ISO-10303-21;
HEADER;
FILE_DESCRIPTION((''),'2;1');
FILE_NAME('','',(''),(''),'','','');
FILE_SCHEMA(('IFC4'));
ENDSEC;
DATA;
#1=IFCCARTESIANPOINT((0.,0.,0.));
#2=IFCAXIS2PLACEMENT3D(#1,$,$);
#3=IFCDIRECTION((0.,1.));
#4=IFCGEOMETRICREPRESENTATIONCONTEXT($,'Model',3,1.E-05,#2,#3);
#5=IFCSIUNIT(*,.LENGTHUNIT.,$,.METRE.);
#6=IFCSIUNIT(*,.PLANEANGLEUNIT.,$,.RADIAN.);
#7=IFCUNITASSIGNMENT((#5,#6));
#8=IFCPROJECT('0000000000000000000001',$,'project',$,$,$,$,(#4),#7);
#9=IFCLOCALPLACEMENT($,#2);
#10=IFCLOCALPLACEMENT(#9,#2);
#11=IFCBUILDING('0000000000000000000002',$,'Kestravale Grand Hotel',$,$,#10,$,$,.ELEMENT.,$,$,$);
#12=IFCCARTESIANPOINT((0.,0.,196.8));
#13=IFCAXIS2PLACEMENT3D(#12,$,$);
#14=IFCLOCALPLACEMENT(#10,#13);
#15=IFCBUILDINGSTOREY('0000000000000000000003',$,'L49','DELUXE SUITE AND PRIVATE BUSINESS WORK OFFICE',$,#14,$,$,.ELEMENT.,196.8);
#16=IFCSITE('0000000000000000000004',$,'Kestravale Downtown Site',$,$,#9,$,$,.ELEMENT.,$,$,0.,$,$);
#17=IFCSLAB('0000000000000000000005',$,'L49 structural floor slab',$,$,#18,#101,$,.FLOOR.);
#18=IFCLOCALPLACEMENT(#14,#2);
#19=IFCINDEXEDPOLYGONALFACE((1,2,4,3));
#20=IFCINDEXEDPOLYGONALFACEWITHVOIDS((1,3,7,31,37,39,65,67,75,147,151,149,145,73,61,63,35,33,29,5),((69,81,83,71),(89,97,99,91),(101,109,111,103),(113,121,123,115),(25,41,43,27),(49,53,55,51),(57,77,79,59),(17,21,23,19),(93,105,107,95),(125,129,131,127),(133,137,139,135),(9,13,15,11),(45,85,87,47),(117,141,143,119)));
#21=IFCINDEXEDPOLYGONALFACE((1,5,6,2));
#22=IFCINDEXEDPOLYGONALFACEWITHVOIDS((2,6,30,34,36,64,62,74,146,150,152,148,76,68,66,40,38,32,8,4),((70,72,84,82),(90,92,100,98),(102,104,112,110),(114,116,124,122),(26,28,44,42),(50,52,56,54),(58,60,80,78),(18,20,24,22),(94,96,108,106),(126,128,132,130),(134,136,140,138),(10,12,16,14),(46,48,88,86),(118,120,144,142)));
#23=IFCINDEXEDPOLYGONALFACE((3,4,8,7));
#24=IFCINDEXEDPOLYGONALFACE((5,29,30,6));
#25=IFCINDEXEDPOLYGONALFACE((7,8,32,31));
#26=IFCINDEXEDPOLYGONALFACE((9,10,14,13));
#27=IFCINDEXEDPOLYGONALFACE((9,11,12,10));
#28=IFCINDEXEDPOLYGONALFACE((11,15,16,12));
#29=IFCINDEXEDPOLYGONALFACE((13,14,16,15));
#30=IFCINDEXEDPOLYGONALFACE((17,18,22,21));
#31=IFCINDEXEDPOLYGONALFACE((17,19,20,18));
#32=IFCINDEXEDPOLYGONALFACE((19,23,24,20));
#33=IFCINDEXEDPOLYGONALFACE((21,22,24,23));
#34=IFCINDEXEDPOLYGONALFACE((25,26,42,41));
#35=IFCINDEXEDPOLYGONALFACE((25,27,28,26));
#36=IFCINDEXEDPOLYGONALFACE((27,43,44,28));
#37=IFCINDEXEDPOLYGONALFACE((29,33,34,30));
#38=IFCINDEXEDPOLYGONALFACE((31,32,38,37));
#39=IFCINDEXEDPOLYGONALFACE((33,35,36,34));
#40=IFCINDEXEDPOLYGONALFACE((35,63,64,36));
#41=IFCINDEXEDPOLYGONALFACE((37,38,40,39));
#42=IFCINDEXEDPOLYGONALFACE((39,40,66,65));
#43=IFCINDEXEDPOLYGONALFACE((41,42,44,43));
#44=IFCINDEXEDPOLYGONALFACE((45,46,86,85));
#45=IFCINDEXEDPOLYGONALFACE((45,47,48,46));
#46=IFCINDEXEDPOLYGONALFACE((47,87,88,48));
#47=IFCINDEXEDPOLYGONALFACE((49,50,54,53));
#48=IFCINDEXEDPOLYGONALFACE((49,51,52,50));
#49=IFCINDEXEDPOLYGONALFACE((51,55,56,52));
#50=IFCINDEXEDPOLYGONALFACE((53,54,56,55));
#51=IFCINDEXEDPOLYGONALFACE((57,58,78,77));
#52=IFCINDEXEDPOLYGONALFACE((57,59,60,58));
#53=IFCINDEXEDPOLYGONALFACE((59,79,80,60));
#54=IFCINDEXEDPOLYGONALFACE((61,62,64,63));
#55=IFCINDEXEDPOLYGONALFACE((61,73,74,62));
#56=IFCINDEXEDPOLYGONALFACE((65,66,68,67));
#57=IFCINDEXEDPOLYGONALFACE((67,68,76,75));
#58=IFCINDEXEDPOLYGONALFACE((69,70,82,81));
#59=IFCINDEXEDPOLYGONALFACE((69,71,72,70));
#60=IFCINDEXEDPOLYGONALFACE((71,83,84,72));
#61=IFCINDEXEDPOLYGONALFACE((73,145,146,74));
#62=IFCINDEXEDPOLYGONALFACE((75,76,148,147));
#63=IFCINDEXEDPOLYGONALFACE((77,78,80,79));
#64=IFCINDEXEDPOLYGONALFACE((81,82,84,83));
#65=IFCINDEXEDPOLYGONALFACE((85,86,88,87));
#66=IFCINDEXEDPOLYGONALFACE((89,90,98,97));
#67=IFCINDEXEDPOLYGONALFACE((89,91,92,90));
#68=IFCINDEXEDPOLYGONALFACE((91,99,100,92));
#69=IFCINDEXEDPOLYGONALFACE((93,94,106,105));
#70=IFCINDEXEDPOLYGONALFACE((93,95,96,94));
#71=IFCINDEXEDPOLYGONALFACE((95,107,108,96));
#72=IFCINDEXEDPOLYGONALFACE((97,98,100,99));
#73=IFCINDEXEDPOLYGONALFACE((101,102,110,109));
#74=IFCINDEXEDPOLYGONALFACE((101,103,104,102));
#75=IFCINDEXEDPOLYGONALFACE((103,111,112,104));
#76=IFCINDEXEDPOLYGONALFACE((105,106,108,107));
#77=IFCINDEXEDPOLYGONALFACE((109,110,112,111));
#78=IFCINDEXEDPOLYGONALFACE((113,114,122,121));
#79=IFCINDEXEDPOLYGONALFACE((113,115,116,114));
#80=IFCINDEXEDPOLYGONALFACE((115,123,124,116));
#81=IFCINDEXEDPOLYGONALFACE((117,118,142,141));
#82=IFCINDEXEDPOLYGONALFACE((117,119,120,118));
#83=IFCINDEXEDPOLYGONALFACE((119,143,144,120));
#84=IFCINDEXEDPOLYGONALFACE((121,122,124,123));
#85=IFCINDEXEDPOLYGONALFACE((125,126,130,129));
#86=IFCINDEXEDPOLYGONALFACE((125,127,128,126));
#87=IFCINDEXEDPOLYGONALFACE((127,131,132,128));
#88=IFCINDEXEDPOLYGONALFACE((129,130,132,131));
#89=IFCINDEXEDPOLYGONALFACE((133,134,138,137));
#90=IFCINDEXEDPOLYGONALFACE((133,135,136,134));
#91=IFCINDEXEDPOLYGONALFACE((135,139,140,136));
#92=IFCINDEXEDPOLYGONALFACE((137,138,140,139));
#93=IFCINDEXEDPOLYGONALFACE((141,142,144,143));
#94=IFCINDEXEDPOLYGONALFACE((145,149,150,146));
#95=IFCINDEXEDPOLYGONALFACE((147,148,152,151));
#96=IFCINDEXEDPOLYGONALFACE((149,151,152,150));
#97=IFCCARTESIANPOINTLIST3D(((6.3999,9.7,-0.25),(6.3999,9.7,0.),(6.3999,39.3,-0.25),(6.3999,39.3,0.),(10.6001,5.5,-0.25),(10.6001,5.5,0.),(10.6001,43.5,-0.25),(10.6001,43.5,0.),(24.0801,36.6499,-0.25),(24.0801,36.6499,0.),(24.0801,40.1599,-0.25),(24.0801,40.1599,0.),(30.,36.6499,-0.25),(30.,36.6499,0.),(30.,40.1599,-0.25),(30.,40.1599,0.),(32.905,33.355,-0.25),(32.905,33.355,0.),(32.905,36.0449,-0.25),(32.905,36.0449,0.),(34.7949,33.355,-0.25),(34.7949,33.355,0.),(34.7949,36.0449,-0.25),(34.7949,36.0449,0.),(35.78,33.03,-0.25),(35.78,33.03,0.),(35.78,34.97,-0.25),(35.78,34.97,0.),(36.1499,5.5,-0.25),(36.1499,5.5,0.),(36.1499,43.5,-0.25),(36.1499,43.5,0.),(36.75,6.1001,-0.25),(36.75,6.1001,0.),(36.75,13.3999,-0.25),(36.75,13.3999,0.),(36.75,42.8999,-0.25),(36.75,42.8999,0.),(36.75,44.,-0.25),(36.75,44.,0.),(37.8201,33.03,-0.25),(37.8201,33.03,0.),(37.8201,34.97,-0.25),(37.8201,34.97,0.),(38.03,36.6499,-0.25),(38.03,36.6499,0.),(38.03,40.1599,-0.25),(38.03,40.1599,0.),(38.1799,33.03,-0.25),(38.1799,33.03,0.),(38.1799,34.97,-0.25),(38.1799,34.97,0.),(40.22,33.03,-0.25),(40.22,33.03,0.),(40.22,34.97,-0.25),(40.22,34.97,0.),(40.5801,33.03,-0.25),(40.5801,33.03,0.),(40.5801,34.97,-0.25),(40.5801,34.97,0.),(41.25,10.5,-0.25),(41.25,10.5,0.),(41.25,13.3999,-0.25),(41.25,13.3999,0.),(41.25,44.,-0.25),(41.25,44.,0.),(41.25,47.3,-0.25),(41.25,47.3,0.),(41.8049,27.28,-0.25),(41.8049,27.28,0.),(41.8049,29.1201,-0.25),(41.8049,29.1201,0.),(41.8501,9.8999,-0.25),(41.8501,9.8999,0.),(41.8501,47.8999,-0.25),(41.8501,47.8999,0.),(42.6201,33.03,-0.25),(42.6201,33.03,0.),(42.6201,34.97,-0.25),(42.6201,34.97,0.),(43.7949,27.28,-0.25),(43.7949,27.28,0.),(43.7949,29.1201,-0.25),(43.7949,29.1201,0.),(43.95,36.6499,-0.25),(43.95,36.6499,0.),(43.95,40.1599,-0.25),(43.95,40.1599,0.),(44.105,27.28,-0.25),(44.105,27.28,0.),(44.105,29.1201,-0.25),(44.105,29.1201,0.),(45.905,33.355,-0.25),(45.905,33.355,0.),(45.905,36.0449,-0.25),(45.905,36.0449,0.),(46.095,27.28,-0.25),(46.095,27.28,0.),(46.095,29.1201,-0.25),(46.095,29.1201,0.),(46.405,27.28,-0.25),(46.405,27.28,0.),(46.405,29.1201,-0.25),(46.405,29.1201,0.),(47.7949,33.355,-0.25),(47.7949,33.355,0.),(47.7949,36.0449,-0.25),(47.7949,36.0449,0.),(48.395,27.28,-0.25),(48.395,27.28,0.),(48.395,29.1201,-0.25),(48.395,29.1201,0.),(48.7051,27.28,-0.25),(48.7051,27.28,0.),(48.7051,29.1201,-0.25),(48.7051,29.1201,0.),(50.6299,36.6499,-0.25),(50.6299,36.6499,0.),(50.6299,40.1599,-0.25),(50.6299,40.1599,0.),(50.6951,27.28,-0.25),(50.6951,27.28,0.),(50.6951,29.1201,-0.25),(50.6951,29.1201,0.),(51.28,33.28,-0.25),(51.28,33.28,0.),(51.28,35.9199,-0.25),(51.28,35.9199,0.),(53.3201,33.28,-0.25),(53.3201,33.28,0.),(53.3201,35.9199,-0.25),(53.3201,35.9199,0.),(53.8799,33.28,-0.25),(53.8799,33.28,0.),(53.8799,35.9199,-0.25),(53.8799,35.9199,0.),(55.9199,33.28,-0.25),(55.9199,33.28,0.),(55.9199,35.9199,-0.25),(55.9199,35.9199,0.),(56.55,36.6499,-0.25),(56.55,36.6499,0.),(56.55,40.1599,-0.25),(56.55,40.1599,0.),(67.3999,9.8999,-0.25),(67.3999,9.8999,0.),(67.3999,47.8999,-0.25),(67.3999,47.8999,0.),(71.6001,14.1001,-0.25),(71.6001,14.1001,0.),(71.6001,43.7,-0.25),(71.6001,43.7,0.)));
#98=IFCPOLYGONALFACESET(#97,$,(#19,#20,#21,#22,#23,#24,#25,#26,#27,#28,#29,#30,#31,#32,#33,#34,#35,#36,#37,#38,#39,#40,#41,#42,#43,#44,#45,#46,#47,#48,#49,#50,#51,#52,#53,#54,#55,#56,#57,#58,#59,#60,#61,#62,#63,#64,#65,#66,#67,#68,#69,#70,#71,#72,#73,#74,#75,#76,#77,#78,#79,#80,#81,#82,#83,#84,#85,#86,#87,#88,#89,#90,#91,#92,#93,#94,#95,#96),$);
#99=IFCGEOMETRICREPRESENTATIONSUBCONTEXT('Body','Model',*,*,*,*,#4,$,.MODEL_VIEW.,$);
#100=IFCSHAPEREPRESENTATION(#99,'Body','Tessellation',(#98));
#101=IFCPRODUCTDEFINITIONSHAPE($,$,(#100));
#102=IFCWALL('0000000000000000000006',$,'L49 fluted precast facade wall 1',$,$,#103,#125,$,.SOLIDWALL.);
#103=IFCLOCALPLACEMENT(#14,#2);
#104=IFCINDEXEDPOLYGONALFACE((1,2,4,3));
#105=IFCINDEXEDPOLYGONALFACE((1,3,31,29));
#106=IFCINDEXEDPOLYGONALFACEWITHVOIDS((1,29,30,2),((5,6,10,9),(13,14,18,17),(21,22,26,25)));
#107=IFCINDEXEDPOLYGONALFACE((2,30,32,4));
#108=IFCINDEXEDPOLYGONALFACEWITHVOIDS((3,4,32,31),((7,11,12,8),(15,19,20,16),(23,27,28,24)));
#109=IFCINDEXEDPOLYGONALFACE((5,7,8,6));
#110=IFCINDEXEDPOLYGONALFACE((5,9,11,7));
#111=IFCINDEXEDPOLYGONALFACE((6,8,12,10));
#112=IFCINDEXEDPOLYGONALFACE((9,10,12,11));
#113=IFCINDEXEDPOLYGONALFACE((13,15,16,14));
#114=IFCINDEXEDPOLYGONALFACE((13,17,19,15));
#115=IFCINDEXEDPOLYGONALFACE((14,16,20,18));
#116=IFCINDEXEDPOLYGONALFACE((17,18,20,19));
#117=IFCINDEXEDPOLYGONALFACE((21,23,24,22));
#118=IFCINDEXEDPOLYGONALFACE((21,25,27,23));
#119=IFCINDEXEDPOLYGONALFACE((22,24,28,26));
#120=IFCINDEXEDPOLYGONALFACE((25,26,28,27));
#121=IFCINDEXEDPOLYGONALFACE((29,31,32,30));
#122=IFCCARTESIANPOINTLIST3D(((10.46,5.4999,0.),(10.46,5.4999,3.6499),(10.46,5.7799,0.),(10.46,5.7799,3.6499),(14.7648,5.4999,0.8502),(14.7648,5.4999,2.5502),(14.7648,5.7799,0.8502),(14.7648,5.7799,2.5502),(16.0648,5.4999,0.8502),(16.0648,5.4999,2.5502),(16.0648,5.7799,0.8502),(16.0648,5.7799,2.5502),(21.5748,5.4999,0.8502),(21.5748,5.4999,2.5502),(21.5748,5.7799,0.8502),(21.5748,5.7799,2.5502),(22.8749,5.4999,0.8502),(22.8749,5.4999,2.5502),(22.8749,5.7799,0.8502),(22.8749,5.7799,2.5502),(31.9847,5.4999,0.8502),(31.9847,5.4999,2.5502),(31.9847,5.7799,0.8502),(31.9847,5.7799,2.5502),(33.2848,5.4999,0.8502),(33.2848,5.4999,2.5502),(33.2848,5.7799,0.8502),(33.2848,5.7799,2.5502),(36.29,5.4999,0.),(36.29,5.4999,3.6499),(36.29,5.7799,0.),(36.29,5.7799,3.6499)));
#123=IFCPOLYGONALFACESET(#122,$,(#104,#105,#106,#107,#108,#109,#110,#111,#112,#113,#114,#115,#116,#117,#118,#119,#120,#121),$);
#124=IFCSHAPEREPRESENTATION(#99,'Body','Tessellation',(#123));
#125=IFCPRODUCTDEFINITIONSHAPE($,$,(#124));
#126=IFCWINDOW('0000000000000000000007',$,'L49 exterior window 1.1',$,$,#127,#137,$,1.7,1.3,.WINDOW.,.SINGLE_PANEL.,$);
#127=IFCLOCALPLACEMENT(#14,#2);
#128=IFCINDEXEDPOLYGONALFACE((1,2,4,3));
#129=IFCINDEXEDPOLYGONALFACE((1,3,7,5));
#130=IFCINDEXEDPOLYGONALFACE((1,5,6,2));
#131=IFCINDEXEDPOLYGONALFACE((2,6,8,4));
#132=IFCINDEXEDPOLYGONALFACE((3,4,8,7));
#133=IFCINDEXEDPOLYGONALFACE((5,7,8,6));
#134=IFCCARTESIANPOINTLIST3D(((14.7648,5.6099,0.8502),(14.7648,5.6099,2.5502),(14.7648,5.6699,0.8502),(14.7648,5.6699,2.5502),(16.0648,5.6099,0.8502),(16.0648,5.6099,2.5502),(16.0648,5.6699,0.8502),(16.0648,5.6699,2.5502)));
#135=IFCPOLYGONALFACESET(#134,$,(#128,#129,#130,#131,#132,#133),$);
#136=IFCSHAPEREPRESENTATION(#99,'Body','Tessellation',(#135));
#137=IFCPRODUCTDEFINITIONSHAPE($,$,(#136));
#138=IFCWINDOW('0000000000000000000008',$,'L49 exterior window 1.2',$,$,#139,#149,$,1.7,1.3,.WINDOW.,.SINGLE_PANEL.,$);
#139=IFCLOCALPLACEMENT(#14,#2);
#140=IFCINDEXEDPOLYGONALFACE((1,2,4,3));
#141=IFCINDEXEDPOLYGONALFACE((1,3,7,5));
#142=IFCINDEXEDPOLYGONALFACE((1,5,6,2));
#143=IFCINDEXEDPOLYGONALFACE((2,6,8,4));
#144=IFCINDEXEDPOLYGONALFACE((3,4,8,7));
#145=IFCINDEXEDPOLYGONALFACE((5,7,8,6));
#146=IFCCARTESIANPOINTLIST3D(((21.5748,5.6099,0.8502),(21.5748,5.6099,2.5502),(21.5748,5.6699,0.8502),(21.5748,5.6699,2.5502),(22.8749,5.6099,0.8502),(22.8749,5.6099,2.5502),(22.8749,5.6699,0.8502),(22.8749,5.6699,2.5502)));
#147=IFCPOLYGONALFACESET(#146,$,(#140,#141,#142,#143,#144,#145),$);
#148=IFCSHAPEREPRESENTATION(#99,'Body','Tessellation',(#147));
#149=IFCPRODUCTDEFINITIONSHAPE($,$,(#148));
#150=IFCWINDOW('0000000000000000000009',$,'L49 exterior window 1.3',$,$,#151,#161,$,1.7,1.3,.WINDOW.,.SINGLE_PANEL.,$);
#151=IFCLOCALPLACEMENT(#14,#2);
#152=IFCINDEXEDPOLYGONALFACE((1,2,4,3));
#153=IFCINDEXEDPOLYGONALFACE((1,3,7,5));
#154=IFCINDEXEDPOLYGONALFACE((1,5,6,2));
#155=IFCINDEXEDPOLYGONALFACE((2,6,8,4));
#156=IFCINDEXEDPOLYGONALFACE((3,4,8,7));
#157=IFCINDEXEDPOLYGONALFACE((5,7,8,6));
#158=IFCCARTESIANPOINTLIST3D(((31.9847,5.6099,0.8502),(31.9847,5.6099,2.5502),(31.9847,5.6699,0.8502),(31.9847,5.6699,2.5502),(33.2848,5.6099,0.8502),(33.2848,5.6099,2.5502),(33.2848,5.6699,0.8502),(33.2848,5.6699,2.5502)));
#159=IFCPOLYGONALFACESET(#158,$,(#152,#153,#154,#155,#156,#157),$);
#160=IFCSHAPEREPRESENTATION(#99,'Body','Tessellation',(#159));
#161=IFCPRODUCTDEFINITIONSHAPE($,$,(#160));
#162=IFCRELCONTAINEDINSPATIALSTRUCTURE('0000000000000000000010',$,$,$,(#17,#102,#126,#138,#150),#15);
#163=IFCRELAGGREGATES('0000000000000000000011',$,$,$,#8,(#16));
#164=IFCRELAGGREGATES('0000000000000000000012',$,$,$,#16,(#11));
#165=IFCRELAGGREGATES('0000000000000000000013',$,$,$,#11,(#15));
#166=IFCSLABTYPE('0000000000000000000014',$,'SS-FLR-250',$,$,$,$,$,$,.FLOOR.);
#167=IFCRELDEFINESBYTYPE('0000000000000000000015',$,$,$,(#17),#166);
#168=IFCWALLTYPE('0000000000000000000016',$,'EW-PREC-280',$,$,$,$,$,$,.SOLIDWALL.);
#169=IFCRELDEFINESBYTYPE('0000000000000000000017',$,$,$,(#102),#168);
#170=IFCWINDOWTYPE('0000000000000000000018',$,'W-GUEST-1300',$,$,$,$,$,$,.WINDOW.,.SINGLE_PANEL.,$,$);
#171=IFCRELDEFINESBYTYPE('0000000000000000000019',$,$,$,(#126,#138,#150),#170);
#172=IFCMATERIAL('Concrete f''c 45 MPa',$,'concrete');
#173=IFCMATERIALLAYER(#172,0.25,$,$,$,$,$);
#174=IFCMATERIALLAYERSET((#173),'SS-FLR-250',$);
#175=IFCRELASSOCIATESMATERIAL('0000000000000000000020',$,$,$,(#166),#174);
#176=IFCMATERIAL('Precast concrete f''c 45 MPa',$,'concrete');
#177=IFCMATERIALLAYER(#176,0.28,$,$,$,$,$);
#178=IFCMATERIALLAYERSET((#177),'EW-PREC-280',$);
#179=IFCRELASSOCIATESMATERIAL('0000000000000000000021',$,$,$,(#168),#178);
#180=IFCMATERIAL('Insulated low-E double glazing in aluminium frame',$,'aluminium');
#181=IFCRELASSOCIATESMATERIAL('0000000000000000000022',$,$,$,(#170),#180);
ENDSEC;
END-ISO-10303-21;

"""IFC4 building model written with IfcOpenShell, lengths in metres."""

from ifc_helpers import new_model, si_unit, direction, frame, frame_2d, origin, place, context, subcontext, project, spatial, polyline, rectangle, outline, extrude, material, layer, layer_set, type_object, element, fill, save


model = new_model("IFC4")

# Units and contexts
model_context = context("Model", 3, precision=1e-05, world=origin(), true_north=direction((0.0, 1.0)))
body_context = subcontext(model_context, "Body", "Model", "MODEL_VIEW")
ifc_project = project(units=[si_unit("LENGTHUNIT", "METRE"), si_unit("PLANEANGLEUNIT", "RADIAN")], contexts=[model_context])

# Site, building, storey
site_placement = place(None, origin())
site = spatial("IfcSite", under=ifc_project, at=site_placement, Name="Kestravale Downtown Site", CompositionType="ELEMENT", RefElevation=0.0)
building_placement = place(site_placement, origin())
building = spatial("IfcBuilding", under=site, at=building_placement, Name="Kestravale Grand Hotel", CompositionType="ELEMENT")
storey_placement = place(building_placement, frame((0.0, 0.0, 196.8)))
storey = spatial("IfcBuildingStorey", under=building, at=storey_placement, Name="L49", Description="DELUXE SUITE AND PRIVATE BUSINESS WORK OFFICE", CompositionType="ELEMENT", Elevation=196.8)

# Slab
ifc_material_1 = material(Name="Concrete f'c 45 MPa", Category="concrete")
ifc_layer_1 = layer(ifc_material_1, 0.25)
ifc_layer_set_1 = layer_set([ifc_layer_1], Name="SS-FLR-250")
slab_type_1 = type_object("IfcSlabType", Name="SS-FLR-250", PredefinedType="FLOOR", material=ifc_layer_set_1)
slab_1_placement = place(storey_placement, frame((0.0, 0.0, -0.25)))
element("IfcSlab", 1, at=slab_1_placement, inside=storey, type_object=slab_type_1, Name="L49 structural floor slab", PredefinedType="FLOOR", context=body_context, shape_type="SweptSolid", body=[
    extrude(outline(polyline([(10.6001, 5.5), (36.1499, 5.5), (36.75, 6.1001), (36.75, 13.3999), (41.25, 13.3999), (41.25, 10.5), (41.8501, 9.8999), (67.3999, 9.8999), (71.6001, 14.1001), (71.6001, 43.7), (67.3999, 47.8999), (41.8501, 47.8999), (41.25, 47.3), (41.25, 44.0), (36.75, 44.0), (36.75, 42.8999), (36.1499, 43.5), (10.6001, 43.5), (6.3999, 39.3), (6.3999, 9.7), (10.6001, 5.5)]), holes=[polyline([(24.0801, 36.6499), (30.0, 36.6499), (30.0, 40.1599), (24.0801, 40.1599), (24.0801, 36.6499)]), polyline([(38.03, 36.6499), (43.95, 36.6499), (43.95, 40.1599), (38.03, 40.1599), (38.03, 36.6499)]), polyline([(50.6299, 36.6499), (56.55, 36.6499), (56.55, 40.1599), (50.6299, 40.1599), (50.6299, 36.6499)]), polyline([(41.8049, 27.28), (43.7949, 27.28), (43.7949, 29.1201), (41.8049, 29.1201), (41.8049, 27.28)]), polyline([(44.105, 27.28), (46.095, 27.28), (46.095, 29.1201), (44.105, 29.1201), (44.105, 27.28)]), polyline([(46.405, 27.28), (48.395, 27.28), (48.395, 29.1201), (46.405, 29.1201), (46.405, 27.28)]), polyline([(48.7051, 27.28), (50.6951, 27.28), (50.6951, 29.1201), (48.7051, 29.1201), (48.7051, 27.28)]), polyline([(35.78, 33.03), (37.8201, 33.03), (37.8201, 34.97), (35.78, 34.97), (35.78, 33.03)]), polyline([(38.1799, 33.03), (40.22, 33.03), (40.22, 34.97), (38.1799, 34.97), (38.1799, 33.03)]), polyline([(40.5801, 33.03), (42.6201, 33.03), (42.6201, 34.97), (40.5801, 34.97), (40.5801, 33.03)]), polyline([(32.905, 33.355), (34.7949, 33.355), (34.7949, 36.0449), (32.905, 36.0449), (32.905, 33.355)]), polyline([(45.905, 33.355), (47.7949, 33.355), (47.7949, 36.0449), (45.905, 36.0449), (45.905, 33.355)]), polyline([(51.28, 33.28), (53.3201, 33.28), (53.3201, 35.9199), (51.28, 35.9199), (51.28, 33.28)]), polyline([(53.8799, 33.28), (55.9199, 33.28), (55.9199, 35.9199), (53.8799, 35.9199), (53.8799, 33.28)])]), origin(), (0.0, 0.0, 1.0), 0.25),
])

# Wall, openings, windows
ifc_material_2 = material(Name="Precast concrete f'c 45 MPa", Category="concrete")
ifc_layer_2 = layer(ifc_material_2, 0.28)
ifc_layer_set_2 = layer_set([ifc_layer_2], Name="EW-PREC-280")
wall_type_1 = type_object("IfcWallType", Name="EW-PREC-280", PredefinedType="SOLIDWALL", material=ifc_layer_set_2)
wall_1_placement = place(storey_placement, frame((10.46, 5.6399, 0.0), z_axis=(0.0, 0.0, 1.0), x_axis=(1.0, 0.0, 0.0)))
wall_1 = element("IfcWall", 2, at=wall_1_placement, inside=storey, type_object=wall_type_1, Name="L49 fluted precast facade wall 1", PredefinedType="SOLIDWALL", context=body_context, shape_type="SweptSolid", body=[
    extrude(rectangle(XDim=25.8301, YDim=0.28, at=frame_2d((12.915, 0.0))), origin(), (0.0, 0.0, 1.0), 3.6499),
])
opening_1_placement = place(wall_1_placement, frame((4.3049, 0.0, 0.8501)))
opening_1 = element("IfcOpeningElement", 3, at=opening_1_placement, cuts=wall_1, PredefinedType="OPENING", context=body_context, shape_type="SweptSolid", body=[
    extrude(rectangle(XDim=1.3, YDim=1.7, at=frame_2d((0.6499, 0.8501))), frame((0.0, 0.1499, 0.0), z_axis=(0.0, -1.0, 0.0), x_axis=(1.0, 0.0, 0.0)), (0.0, 0.0, 1.0), 0.3),
])
opening_2_placement = place(wall_1_placement, frame((11.115, 0.0, 0.8501)))
opening_2 = element("IfcOpeningElement", 4, at=opening_2_placement, cuts=wall_1, PredefinedType="OPENING", context=body_context, shape_type="SweptSolid", body=[
    extrude(rectangle(XDim=1.3, YDim=1.7, at=frame_2d((0.6499, 0.8501))), frame((0.0, 0.1499, 0.0), z_axis=(0.0, -1.0, 0.0), x_axis=(1.0, 0.0, 0.0)), (0.0, 0.0, 1.0), 0.3),
])
opening_3_placement = place(wall_1_placement, frame((21.5249, 0.0, 0.8501)))
opening_3 = element("IfcOpeningElement", 5, at=opening_3_placement, cuts=wall_1, PredefinedType="OPENING", context=body_context, shape_type="SweptSolid", body=[
    extrude(rectangle(XDim=1.3, YDim=1.7, at=frame_2d((0.6499, 0.8501))), frame((0.0, 0.1499, 0.0), z_axis=(0.0, -1.0, 0.0), x_axis=(1.0, 0.0, 0.0)), (0.0, 0.0, 1.0), 0.3),
])
ifc_material_3 = material(Name="Insulated low-E double glazing in aluminium frame", Category="aluminium")
window_type = type_object("IfcWindowType", Name="W-GUEST-1300", PartitioningType="SINGLE_PANEL", PredefinedType="WINDOW", material=ifc_material_3)
window_1_placement = place(opening_1_placement, origin())
window_1 = element("IfcWindow", 6, at=window_1_placement, inside=storey, type_object=window_type, Name="L49 exterior window 1.1", OverallHeight=1.7, OverallWidth=1.3, PartitioningType="SINGLE_PANEL", PredefinedType="WINDOW", context=body_context, shape_type="SweptSolid", body=[
    extrude(rectangle(XDim=1.3, YDim=1.7, at=frame_2d((0.6499, 0.8501))), frame((0.0, 0.03, 0.0), z_axis=(0.0, -1.0, 0.0), x_axis=(1.0, 0.0, 0.0)), (0.0, 0.0, 1.0), 0.0601),
])
fill(opening_1, window_1)
window_2_placement = place(opening_2_placement, origin())
window_2 = element("IfcWindow", 7, at=window_2_placement, inside=storey, type_object=window_type, Name="L49 exterior window 1.2", OverallHeight=1.7, OverallWidth=1.3, PartitioningType="SINGLE_PANEL", PredefinedType="WINDOW", context=body_context, shape_type="SweptSolid", body=[
    extrude(rectangle(XDim=1.3, YDim=1.7, at=frame_2d((0.6499, 0.8501))), frame((0.0, 0.03, 0.0), z_axis=(0.0, -1.0, 0.0), x_axis=(1.0, 0.0, 0.0)), (0.0, 0.0, 1.0), 0.0601),
])
fill(opening_2, window_2)
window_3_placement = place(opening_3_placement, origin())
window_3 = element("IfcWindow", 8, at=window_3_placement, inside=storey, type_object=window_type, Name="L49 exterior window 1.3", OverallHeight=1.7, OverallWidth=1.3, PartitioningType="SINGLE_PANEL", PredefinedType="WINDOW", context=body_context, shape_type="SweptSolid", body=[
    extrude(rectangle(XDim=1.3, YDim=1.7, at=frame_2d((0.6499, 0.8501))), frame((0.0, 0.03, 0.0), z_axis=(0.0, -1.0, 0.0), x_axis=(1.0, 0.0, 0.0)), (0.0, 0.0, 1.0), 0.0601),
])
fill(opening_3, window_3)

save(model, "model.ifc")
